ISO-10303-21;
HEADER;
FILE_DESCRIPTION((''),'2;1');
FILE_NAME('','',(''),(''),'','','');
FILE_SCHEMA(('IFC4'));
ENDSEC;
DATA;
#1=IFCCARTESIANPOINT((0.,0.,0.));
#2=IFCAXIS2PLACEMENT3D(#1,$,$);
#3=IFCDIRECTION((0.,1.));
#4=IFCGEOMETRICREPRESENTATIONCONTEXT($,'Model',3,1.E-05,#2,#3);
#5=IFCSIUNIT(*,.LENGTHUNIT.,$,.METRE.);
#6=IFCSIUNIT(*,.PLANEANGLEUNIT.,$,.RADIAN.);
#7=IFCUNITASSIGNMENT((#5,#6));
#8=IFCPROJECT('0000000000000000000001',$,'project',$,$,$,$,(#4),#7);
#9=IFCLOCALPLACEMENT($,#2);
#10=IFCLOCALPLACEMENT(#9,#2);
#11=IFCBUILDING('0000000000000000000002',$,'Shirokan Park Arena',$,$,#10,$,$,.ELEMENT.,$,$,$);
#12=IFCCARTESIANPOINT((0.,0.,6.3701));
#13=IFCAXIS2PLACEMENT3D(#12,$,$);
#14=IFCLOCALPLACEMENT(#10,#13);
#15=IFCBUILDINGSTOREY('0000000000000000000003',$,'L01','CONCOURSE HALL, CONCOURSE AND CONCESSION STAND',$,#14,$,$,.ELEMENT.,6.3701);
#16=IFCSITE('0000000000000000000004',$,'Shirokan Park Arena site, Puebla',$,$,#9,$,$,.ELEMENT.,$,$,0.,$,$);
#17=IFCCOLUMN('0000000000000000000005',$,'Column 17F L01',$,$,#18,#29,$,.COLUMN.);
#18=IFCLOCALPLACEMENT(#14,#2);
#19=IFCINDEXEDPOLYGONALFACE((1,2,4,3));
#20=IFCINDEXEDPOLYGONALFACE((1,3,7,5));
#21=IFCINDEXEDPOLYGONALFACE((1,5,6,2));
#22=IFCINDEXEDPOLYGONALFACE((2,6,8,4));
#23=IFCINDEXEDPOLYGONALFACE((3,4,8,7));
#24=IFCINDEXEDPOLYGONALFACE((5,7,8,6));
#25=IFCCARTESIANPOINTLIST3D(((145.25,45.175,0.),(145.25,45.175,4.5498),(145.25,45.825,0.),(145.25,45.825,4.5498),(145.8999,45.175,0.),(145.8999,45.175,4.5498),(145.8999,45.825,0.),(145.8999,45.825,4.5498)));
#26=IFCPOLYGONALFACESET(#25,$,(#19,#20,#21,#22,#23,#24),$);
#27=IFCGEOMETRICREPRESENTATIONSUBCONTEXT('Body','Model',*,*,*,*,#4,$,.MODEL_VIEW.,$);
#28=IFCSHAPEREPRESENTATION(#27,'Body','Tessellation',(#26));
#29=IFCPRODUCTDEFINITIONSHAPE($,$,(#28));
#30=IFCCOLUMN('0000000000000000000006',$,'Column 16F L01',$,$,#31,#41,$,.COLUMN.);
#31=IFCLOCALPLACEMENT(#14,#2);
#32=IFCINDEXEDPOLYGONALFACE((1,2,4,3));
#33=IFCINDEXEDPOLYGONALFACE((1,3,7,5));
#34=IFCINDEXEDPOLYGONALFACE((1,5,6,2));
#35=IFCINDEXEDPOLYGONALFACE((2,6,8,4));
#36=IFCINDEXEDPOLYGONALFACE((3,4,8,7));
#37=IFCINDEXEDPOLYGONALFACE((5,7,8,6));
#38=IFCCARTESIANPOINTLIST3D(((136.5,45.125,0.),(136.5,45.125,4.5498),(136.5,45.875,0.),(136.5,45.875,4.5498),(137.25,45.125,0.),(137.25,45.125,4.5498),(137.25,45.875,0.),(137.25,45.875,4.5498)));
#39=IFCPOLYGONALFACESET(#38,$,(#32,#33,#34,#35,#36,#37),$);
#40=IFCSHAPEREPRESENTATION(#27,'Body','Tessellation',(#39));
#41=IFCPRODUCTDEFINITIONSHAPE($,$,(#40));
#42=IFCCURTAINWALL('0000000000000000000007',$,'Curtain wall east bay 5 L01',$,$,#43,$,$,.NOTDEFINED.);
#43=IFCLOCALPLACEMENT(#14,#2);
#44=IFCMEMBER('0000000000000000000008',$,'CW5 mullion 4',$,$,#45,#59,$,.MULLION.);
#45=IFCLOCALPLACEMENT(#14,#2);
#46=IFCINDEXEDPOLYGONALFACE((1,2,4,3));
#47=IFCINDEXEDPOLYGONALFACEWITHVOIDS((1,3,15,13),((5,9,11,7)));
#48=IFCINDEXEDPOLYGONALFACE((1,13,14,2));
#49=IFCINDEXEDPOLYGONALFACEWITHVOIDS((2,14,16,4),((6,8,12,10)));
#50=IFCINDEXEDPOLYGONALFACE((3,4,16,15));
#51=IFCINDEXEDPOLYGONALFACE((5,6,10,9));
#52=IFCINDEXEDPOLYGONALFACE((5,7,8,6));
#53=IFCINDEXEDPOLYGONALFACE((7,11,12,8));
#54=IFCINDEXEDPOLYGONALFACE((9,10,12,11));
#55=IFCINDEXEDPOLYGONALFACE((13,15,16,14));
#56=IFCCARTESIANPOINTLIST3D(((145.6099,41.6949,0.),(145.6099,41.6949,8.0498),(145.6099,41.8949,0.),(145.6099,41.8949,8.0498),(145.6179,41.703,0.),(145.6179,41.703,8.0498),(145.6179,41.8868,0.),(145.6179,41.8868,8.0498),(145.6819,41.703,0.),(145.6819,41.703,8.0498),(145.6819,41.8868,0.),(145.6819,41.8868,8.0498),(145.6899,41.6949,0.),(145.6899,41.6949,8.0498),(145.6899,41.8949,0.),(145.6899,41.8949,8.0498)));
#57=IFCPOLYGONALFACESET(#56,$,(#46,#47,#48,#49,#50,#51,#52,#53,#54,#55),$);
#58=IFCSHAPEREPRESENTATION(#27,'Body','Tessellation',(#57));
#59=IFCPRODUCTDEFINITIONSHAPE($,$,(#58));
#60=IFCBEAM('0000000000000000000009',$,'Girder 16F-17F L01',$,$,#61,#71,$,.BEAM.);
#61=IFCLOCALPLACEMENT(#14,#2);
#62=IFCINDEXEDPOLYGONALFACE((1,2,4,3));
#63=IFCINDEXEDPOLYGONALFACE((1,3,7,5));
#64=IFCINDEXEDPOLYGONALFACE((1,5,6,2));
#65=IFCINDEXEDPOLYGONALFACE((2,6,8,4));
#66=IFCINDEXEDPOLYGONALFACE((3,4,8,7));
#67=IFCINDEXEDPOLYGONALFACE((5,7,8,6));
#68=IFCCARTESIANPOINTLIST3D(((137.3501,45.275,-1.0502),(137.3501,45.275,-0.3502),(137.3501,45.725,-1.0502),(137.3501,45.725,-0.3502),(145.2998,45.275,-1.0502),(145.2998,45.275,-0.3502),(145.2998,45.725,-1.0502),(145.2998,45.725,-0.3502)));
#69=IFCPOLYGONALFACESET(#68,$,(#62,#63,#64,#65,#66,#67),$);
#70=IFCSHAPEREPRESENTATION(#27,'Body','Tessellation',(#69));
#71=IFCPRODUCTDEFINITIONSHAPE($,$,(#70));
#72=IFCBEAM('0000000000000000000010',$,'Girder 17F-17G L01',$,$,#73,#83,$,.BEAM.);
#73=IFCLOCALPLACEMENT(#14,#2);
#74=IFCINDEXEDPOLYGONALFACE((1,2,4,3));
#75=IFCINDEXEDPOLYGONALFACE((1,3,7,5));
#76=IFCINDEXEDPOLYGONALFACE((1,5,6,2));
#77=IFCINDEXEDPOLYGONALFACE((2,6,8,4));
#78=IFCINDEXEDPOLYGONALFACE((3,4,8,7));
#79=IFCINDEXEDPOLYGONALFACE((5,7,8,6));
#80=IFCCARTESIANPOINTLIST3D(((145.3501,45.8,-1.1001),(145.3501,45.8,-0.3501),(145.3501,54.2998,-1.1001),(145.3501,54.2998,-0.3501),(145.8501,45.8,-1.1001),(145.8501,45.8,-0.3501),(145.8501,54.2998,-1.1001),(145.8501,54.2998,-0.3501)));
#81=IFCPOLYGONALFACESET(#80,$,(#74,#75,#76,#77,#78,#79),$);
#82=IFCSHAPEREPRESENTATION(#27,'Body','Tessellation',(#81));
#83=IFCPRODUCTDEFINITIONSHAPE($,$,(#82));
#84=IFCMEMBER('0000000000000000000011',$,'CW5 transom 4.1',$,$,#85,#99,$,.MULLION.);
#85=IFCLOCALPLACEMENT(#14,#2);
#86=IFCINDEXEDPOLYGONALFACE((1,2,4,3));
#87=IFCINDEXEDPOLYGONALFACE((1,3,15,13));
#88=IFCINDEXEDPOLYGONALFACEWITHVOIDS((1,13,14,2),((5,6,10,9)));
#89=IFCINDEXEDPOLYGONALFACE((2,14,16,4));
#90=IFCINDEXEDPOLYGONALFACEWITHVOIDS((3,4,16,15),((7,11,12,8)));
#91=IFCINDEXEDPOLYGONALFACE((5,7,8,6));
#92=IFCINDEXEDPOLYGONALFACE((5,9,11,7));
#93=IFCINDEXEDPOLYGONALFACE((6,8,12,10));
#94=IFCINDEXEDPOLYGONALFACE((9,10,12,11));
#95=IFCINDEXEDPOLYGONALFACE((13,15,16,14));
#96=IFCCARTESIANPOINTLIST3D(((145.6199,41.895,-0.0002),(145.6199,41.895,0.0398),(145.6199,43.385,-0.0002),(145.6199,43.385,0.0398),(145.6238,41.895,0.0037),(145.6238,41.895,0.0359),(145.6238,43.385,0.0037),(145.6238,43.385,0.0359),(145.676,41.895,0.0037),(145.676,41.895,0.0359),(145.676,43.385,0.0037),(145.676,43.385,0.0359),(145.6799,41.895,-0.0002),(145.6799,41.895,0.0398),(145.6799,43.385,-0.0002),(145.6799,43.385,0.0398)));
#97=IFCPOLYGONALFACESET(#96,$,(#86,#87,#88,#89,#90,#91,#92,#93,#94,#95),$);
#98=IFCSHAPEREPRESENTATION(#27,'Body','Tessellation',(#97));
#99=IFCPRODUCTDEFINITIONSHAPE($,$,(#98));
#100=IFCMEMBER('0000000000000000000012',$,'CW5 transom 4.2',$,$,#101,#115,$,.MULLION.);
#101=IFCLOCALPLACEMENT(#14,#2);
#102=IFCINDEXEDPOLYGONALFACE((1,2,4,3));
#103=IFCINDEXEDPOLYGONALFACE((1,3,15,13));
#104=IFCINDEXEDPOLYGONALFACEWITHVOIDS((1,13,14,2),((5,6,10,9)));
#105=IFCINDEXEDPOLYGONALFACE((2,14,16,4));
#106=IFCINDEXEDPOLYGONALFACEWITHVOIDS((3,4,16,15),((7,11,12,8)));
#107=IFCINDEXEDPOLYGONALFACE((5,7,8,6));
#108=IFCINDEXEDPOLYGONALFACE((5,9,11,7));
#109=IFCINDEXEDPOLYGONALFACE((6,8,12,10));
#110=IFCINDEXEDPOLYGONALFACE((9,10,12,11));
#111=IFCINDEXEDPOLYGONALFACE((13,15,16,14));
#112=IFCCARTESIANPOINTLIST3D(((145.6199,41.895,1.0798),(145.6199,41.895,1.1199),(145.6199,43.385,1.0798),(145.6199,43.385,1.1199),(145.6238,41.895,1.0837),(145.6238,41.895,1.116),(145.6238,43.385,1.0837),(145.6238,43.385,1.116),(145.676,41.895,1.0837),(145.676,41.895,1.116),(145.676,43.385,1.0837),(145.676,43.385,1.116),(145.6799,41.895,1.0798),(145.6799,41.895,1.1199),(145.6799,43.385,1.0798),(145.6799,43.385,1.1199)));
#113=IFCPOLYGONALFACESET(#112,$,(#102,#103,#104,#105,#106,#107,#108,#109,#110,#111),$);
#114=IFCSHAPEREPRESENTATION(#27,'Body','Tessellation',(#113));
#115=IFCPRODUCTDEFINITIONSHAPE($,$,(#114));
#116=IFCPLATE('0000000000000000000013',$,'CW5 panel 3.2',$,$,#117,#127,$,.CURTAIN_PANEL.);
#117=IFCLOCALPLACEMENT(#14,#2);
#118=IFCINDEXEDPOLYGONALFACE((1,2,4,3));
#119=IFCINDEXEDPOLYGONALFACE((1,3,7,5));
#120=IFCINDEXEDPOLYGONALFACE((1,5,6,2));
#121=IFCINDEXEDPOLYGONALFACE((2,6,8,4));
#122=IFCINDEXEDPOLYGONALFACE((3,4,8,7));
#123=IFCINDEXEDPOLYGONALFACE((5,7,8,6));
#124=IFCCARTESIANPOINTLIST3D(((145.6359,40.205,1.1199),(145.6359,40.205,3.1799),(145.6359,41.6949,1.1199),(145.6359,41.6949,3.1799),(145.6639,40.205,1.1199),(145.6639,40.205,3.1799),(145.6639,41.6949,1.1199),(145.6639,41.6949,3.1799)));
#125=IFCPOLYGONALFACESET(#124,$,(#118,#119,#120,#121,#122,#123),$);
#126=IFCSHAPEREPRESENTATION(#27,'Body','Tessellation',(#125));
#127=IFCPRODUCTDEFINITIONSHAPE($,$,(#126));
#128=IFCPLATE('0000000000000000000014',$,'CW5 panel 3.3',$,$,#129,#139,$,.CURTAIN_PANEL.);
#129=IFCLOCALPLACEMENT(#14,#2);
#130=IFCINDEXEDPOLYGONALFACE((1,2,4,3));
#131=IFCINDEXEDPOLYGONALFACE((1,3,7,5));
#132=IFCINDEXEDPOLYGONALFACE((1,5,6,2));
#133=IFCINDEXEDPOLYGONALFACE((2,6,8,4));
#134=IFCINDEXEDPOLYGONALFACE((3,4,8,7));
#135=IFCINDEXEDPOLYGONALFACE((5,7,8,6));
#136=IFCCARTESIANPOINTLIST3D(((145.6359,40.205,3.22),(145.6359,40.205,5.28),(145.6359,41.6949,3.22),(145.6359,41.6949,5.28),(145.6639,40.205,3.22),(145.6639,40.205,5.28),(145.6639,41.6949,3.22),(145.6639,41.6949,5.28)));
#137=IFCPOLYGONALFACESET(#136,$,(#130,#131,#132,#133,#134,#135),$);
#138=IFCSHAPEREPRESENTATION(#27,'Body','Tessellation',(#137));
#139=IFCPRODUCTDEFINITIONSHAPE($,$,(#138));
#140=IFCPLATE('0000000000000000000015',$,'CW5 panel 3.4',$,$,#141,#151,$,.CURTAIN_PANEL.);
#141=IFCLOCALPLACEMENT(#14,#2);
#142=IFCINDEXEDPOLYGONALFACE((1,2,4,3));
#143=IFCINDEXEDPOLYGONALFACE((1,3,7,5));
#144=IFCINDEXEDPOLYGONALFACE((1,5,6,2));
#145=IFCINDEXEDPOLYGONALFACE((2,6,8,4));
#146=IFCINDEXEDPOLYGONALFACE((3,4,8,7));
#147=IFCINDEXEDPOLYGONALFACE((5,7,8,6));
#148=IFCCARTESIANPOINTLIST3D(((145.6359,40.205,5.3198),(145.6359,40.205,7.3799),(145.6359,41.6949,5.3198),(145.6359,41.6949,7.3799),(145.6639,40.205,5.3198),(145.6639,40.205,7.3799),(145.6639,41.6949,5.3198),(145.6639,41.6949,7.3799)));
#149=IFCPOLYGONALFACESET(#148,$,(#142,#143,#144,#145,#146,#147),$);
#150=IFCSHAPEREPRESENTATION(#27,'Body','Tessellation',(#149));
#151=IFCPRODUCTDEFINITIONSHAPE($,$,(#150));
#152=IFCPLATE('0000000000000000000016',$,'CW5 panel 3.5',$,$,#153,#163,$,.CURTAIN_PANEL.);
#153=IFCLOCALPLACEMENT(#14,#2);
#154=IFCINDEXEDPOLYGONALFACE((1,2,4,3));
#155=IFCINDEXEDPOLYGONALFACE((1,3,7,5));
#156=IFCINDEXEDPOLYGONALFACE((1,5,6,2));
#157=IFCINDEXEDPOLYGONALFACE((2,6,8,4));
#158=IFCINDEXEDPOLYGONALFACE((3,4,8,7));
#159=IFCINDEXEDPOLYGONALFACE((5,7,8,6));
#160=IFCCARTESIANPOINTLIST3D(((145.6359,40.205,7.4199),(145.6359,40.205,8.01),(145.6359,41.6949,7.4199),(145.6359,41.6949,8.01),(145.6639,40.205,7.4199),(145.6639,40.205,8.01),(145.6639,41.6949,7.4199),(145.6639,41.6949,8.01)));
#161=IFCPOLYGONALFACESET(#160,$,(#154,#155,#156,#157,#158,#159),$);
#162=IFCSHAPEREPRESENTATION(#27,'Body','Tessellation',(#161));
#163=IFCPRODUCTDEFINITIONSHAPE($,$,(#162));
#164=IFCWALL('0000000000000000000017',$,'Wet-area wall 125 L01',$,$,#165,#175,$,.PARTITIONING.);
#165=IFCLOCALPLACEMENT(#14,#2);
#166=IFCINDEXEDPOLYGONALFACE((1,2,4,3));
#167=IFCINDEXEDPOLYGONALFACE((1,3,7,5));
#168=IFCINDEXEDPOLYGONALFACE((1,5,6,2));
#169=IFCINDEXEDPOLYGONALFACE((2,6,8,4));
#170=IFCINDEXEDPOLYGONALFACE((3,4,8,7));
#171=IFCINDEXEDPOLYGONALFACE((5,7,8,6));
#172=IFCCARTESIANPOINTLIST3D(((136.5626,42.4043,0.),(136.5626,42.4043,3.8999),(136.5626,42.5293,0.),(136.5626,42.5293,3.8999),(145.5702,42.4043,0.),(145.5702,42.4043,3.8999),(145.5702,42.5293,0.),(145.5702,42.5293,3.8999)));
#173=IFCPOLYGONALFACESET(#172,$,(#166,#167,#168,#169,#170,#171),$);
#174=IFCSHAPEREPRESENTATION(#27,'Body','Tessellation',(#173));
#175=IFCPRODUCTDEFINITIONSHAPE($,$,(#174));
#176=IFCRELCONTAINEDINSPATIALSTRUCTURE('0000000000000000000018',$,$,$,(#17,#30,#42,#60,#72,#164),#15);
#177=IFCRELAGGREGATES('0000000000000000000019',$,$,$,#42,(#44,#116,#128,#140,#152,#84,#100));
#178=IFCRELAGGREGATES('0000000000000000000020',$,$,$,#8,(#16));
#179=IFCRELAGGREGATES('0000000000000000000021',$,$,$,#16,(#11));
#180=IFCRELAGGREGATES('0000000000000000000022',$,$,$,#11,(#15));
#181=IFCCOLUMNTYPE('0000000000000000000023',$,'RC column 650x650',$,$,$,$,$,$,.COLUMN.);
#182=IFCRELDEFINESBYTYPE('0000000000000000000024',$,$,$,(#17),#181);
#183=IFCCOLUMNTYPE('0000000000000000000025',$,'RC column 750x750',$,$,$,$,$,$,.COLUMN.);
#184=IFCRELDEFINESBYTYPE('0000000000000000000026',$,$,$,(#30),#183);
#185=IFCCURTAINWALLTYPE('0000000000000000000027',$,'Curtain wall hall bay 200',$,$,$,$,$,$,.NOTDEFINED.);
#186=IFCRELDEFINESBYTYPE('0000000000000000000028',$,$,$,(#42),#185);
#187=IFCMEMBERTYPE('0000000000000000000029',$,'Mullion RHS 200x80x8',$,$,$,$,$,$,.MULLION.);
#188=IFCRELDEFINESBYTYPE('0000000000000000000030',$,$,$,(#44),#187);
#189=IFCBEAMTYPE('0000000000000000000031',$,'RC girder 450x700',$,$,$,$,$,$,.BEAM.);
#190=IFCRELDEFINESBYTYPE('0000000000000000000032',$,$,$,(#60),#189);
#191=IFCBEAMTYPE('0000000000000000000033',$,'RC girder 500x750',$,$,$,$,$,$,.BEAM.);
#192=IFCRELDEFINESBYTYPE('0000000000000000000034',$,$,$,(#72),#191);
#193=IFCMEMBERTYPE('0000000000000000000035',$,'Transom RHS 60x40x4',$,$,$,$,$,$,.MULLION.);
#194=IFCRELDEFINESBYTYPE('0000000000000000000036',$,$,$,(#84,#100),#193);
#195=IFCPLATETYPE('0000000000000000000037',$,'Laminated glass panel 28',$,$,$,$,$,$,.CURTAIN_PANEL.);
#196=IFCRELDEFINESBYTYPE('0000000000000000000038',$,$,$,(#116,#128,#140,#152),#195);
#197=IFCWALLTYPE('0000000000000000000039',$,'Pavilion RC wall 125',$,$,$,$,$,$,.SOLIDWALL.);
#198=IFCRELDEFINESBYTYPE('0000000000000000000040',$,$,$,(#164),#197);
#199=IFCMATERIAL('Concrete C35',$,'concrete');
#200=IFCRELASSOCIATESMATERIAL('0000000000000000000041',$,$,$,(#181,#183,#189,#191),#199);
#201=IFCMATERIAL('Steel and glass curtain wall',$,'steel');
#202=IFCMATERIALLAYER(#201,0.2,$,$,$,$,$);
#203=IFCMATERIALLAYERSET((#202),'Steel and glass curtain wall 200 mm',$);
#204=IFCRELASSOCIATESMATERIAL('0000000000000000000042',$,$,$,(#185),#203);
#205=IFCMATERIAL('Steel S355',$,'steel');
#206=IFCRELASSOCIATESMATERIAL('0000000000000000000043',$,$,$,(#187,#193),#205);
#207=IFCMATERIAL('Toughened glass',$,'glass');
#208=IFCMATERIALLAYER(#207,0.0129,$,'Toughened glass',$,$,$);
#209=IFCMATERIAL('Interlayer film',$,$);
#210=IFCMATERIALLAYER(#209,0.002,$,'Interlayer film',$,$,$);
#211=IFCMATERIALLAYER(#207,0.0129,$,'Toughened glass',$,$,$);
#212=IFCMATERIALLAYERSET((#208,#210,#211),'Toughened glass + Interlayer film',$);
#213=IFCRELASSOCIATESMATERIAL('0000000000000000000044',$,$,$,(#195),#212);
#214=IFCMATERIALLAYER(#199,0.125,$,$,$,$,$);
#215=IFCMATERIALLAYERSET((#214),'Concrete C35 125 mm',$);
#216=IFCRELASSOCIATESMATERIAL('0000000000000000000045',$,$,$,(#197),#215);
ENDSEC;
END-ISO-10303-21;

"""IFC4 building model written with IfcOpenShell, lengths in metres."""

from ifc_helpers import new_model, si_unit, direction, frame, frame_2d, origin, origin_2d, place, context, subcontext, project, spatial, rectangle, hollow_rectangle, extrude, material, layer, layer_set, material_profile, profile_set, type_object, element, aggregate, save


model = new_model("IFC4")

# Units and contexts
model_context = context("Model", 3, precision=1e-05, world=origin(), true_north=direction((0.0, 1.0)))
body_context = subcontext(model_context, "Body", "Model", "MODEL_VIEW")
ifc_project = project(units=[si_unit("LENGTHUNIT", "METRE"), si_unit("PLANEANGLEUNIT", "RADIAN")], contexts=[model_context])

# Site, building, storey
site_placement = place(None, origin())
site = spatial("IfcSite", under=ifc_project, at=site_placement, Name="Shirokan Park Arena site, Puebla", CompositionType="ELEMENT", RefElevation=0.0)
building_placement = place(site_placement, origin())
building = spatial("IfcBuilding", under=site, at=building_placement, Name="Shirokan Park Arena", CompositionType="ELEMENT")
storey_placement = place(building_placement, frame((0.0, 0.0, 6.3701)))
storey = spatial("IfcBuildingStorey", under=building, at=storey_placement, Name="L01", Description="CONCOURSE HALL, CONCOURSE AND CONCESSION STAND", CompositionType="ELEMENT", Elevation=6.3701)

# Columns
ifc_material_1 = material(Name="Concrete C35", Category="concrete")
ifc_material_profile_1 = material_profile(ifc_material_1, rectangle(XDim=0.6499, YDim=0.6499, at=origin_2d()), Name="650x650")
ifc_profile_set_1 = profile_set([ifc_material_profile_1], Name="Concrete C35")
column_type_1 = type_object("IfcColumnType", Name="RC column 650x650", PredefinedType="COLUMN", material=ifc_profile_set_1)
column_1_placement = place(storey_placement, frame((145.575, 45.5, 0.0), z_axis=(0.0, 0.0, 1.0), x_axis=(1.0, 0.0, 0.0)))
element("IfcColumn", 1, at=column_1_placement, inside=storey, type_object=column_type_1, Name="Column 17F L01", PredefinedType="COLUMN", context=body_context, shape_type="SweptSolid", body=[
    extrude(rectangle(XDim=0.6499, YDim=0.6499, at=origin_2d()), origin(), (0.0, 0.0, 1.0), 4.5498),
])
ifc_material_profile_2 = material_profile(ifc_material_1, rectangle(XDim=0.75, YDim=0.75, at=origin_2d()), Name="750x750")
ifc_profile_set_2 = profile_set([ifc_material_profile_2], Name="Concrete C35")
column_type_2 = type_object("IfcColumnType", Name="RC column 750x750", PredefinedType="COLUMN", material=ifc_profile_set_2)
column_2_placement = place(storey_placement, frame((136.875, 45.5, 0.0), z_axis=(0.0, 0.0, 1.0), x_axis=(1.0, 0.0, 0.0)))
element("IfcColumn", 2, at=column_2_placement, inside=storey, type_object=column_type_2, Name="Column 16F L01", PredefinedType="COLUMN", context=body_context, shape_type="SweptSolid", body=[
    extrude(rectangle(XDim=0.75, YDim=0.75, at=origin_2d()), origin(), (0.0, 0.0, 1.0), 4.5498),
])

# Curtain wall, member
ifc_material_2 = material(Name="Steel and glass curtain wall", Category="steel")
ifc_layer_1 = layer(ifc_material_2, 0.2)
ifc_layer_set_1 = layer_set([ifc_layer_1], Name="Steel and glass curtain wall 200 mm")
curtain_wall_type = type_object("IfcCurtainWallType", Name="Curtain wall hall bay 200", PredefinedType="NOTDEFINED", material=ifc_layer_set_1)
curtain_wall_placement = place(storey_placement, origin())
curtain_wall = element("IfcCurtainWall", 3, at=curtain_wall_placement, inside=storey, type_object=curtain_wall_type, Name="Curtain wall east bay 5 L01", PredefinedType="NOTDEFINED")
ifc_material_3 = material(Name="Steel S355", Category="steel")
ifc_material_profile_3 = material_profile(ifc_material_3, hollow_rectangle(XDim=0.0801, YDim=0.2, WallThickness=0.0081, at=origin_2d()), Name="RHS 200x80x8")
ifc_profile_set_3 = profile_set([ifc_material_profile_3], Name="Steel S355")
member_type_1 = type_object("IfcMemberType", Name="Mullion RHS 200x80x8", PredefinedType="MULLION", material=ifc_profile_set_3)
member_1_placement = place(storey_placement, frame((145.6499, 41.7949, 0.0), z_axis=(0.0, 0.0, 1.0), x_axis=(-1.0, 0.0, 0.0)))
member_1 = element("IfcMember", 4, at=member_1_placement, type_object=member_type_1, Name="CW5 mullion 4", PredefinedType="MULLION", context=body_context, shape_type="SweptSolid", body=[
    extrude(hollow_rectangle(XDim=0.0801, YDim=0.2, WallThickness=0.0081, at=origin_2d()), origin(), (0.0, 0.0, 1.0), 8.0498),
])

# Beams
ifc_material_profile_4 = material_profile(ifc_material_1, rectangle(XDim=0.45, YDim=0.7, at=origin_2d()), Name="450x700")
ifc_profile_set_4 = profile_set([ifc_material_profile_4], Name="Concrete C35")
beam_type_1 = type_object("IfcBeamType", Name="RC girder 450x700", PredefinedType="BEAM", material=ifc_profile_set_4)
beam_1_placement = place(storey_placement, frame((137.3501, 45.5, -0.7002), z_axis=(1.0, 0.0, 0.0), x_axis=(0.0, 1.0, 0.0)))
element("IfcBeam", 5, at=beam_1_placement, inside=storey, type_object=beam_type_1, Name="Girder 16F-17F L01", PredefinedType="BEAM", context=body_context, shape_type="SweptSolid", body=[
    extrude(rectangle(XDim=0.45, YDim=0.7, at=origin_2d()), origin(), (0.0, 0.0, 1.0), 7.9497),
])
ifc_material_profile_5 = material_profile(ifc_material_1, rectangle(XDim=0.5, YDim=0.75, at=origin_2d()), Name="500x750")
ifc_profile_set_5 = profile_set([ifc_material_profile_5], Name="Concrete C35")
beam_type_2 = type_object("IfcBeamType", Name="RC girder 500x750", PredefinedType="BEAM", material=ifc_profile_set_5)
beam_2_placement = place(storey_placement, frame((145.6001, 45.8, -0.7251), z_axis=(0.0, 1.0, 0.0), x_axis=(-1.0, 0.0, 0.0)))
element("IfcBeam", 6, at=beam_2_placement, inside=storey, type_object=beam_type_2, Name="Girder 17F-17G L01", PredefinedType="BEAM", context=body_context, shape_type="SweptSolid", body=[
    extrude(rectangle(XDim=0.5, YDim=0.75, at=origin_2d()), origin(), (0.0, 0.0, 1.0), 8.4998),
])

# Members
ifc_material_profile_6 = material_profile(ifc_material_3, hollow_rectangle(XDim=0.0601, YDim=0.04, WallThickness=0.0039, at=origin_2d()), Name="RHS 60x40x4")
ifc_profile_set_6 = profile_set([ifc_material_profile_6], Name="Steel S355")
member_type_2 = type_object("IfcMemberType", Name="Transom RHS 60x40x4", PredefinedType="MULLION", material=ifc_profile_set_6)
member_2_placement = place(storey_placement, frame((145.6499, 41.895, 0.0198), z_axis=(0.0, 1.0, 0.0), x_axis=(-1.0, 0.0, 0.0)))
member_2 = element("IfcMember", 7, at=member_2_placement, type_object=member_type_2, Name="CW5 transom 4.1", PredefinedType="MULLION", context=body_context, shape_type="SweptSolid", body=[
    extrude(hollow_rectangle(XDim=0.0601, YDim=0.04, WallThickness=0.0039, at=origin_2d()), origin(), (0.0, 0.0, 1.0), 1.49),
])
member_3_placement = place(storey_placement, frame((145.6499, 41.895, 1.0999), z_axis=(0.0, 1.0, 0.0), x_axis=(-1.0, 0.0, 0.0)))
member_3 = element("IfcMember", 8, at=member_3_placement, type_object=member_type_2, Name="CW5 transom 4.2", PredefinedType="MULLION", context=body_context, shape_type="SweptSolid", body=[
    extrude(hollow_rectangle(XDim=0.0601, YDim=0.04, WallThickness=0.0039, at=origin_2d()), origin(), (0.0, 0.0, 1.0), 1.49),
])

# Plates
ifc_material_4 = material(Name="Toughened glass", Category="glass")
ifc_layer_2 = layer(ifc_material_4, 0.0129, Name="Toughened glass")
ifc_material_5 = material(Name="Interlayer film")
ifc_layer_3 = layer(ifc_material_5, 0.002, Name="Interlayer film")
ifc_layer_4 = layer(ifc_material_4, 0.0129, Name="Toughened glass")
ifc_layer_set_2 = layer_set([ifc_layer_2, ifc_layer_3, ifc_layer_4], Name="Toughened glass + Interlayer film")
plate_type = type_object("IfcPlateType", Name="Laminated glass panel 28", PredefinedType="CURTAIN_PANEL", material=ifc_layer_set_2)
plate_1_placement = place(storey_placement, frame((145.6499, 40.95, 1.1199), z_axis=(0.0, 0.0, 1.0), x_axis=(0.0, 1.0, 0.0)))
plate_1 = element("IfcPlate", 9, at=plate_1_placement, type_object=plate_type, Name="CW5 panel 3.2", PredefinedType="CURTAIN_PANEL", context=body_context, shape_type="SweptSolid", body=[
    extrude(rectangle(XDim=1.49, YDim=0.0281, at=origin_2d()), origin(), (0.0, 0.0, 1.0), 2.0601),
])
plate_2_placement = place(storey_placement, frame((145.6499, 40.95, 3.22), z_axis=(0.0, 0.0, 1.0), x_axis=(0.0, 1.0, 0.0)))
plate_2 = element("IfcPlate", 10, at=plate_2_placement, type_object=plate_type, Name="CW5 panel 3.3", PredefinedType="CURTAIN_PANEL", context=body_context, shape_type="SweptSolid", body=[
    extrude(rectangle(XDim=1.49, YDim=0.0281, at=origin_2d()), origin(), (0.0, 0.0, 1.0), 2.0601),
])
plate_3_placement = place(storey_placement, frame((145.6499, 40.95, 5.3198), z_axis=(0.0, 0.0, 1.0), x_axis=(0.0, 1.0, 0.0)))
plate_3 = element("IfcPlate", 11, at=plate_3_placement, type_object=plate_type, Name="CW5 panel 3.4", PredefinedType="CURTAIN_PANEL", context=body_context, shape_type="SweptSolid", body=[
    extrude(rectangle(XDim=1.49, YDim=0.0281, at=origin_2d()), origin(), (0.0, 0.0, 1.0), 2.0601),
])
plate_4_placement = place(storey_placement, frame((145.6499, 40.95, 7.4199), z_axis=(0.0, 0.0, 1.0), x_axis=(0.0, 1.0, 0.0)))
plate_4 = element("IfcPlate", 12, at=plate_4_placement, type_object=plate_type, Name="CW5 panel 3.5", PredefinedType="CURTAIN_PANEL", context=body_context, shape_type="SweptSolid", body=[
    extrude(rectangle(XDim=1.49, YDim=0.0281, at=origin_2d()), origin(), (0.0, 0.0, 1.0), 0.5901),
])
aggregate(curtain_wall, [member_1, plate_1, plate_2, plate_3, plate_4, member_2, member_3])

# Wall
ifc_layer_5 = layer(ifc_material_1, 0.125)
ifc_layer_set_3 = layer_set([ifc_layer_5], Name="Concrete C35 125 mm")
wall_type = type_object("IfcWallType", Name="Pavilion RC wall 125", PredefinedType="SOLIDWALL", material=ifc_layer_set_3)
wall_placement = place(storey_placement, frame((136.5625, 42.4668, 0.0), z_axis=(0.0, 0.0, 1.0), x_axis=(1.0, 0.0, 0.0)))
element("IfcWall", 13, at=wall_placement, inside=storey, type_object=wall_type, Name="Wet-area wall 125 L01", PredefinedType="PARTITIONING", context=body_context, shape_type="SweptSolid", body=[
    extrude(rectangle(XDim=9.0076, YDim=0.125, at=frame_2d((4.5039, 0.0))), origin(), (0.0, 0.0, 1.0), 3.8999),
])

save(model, "model.ifc")
